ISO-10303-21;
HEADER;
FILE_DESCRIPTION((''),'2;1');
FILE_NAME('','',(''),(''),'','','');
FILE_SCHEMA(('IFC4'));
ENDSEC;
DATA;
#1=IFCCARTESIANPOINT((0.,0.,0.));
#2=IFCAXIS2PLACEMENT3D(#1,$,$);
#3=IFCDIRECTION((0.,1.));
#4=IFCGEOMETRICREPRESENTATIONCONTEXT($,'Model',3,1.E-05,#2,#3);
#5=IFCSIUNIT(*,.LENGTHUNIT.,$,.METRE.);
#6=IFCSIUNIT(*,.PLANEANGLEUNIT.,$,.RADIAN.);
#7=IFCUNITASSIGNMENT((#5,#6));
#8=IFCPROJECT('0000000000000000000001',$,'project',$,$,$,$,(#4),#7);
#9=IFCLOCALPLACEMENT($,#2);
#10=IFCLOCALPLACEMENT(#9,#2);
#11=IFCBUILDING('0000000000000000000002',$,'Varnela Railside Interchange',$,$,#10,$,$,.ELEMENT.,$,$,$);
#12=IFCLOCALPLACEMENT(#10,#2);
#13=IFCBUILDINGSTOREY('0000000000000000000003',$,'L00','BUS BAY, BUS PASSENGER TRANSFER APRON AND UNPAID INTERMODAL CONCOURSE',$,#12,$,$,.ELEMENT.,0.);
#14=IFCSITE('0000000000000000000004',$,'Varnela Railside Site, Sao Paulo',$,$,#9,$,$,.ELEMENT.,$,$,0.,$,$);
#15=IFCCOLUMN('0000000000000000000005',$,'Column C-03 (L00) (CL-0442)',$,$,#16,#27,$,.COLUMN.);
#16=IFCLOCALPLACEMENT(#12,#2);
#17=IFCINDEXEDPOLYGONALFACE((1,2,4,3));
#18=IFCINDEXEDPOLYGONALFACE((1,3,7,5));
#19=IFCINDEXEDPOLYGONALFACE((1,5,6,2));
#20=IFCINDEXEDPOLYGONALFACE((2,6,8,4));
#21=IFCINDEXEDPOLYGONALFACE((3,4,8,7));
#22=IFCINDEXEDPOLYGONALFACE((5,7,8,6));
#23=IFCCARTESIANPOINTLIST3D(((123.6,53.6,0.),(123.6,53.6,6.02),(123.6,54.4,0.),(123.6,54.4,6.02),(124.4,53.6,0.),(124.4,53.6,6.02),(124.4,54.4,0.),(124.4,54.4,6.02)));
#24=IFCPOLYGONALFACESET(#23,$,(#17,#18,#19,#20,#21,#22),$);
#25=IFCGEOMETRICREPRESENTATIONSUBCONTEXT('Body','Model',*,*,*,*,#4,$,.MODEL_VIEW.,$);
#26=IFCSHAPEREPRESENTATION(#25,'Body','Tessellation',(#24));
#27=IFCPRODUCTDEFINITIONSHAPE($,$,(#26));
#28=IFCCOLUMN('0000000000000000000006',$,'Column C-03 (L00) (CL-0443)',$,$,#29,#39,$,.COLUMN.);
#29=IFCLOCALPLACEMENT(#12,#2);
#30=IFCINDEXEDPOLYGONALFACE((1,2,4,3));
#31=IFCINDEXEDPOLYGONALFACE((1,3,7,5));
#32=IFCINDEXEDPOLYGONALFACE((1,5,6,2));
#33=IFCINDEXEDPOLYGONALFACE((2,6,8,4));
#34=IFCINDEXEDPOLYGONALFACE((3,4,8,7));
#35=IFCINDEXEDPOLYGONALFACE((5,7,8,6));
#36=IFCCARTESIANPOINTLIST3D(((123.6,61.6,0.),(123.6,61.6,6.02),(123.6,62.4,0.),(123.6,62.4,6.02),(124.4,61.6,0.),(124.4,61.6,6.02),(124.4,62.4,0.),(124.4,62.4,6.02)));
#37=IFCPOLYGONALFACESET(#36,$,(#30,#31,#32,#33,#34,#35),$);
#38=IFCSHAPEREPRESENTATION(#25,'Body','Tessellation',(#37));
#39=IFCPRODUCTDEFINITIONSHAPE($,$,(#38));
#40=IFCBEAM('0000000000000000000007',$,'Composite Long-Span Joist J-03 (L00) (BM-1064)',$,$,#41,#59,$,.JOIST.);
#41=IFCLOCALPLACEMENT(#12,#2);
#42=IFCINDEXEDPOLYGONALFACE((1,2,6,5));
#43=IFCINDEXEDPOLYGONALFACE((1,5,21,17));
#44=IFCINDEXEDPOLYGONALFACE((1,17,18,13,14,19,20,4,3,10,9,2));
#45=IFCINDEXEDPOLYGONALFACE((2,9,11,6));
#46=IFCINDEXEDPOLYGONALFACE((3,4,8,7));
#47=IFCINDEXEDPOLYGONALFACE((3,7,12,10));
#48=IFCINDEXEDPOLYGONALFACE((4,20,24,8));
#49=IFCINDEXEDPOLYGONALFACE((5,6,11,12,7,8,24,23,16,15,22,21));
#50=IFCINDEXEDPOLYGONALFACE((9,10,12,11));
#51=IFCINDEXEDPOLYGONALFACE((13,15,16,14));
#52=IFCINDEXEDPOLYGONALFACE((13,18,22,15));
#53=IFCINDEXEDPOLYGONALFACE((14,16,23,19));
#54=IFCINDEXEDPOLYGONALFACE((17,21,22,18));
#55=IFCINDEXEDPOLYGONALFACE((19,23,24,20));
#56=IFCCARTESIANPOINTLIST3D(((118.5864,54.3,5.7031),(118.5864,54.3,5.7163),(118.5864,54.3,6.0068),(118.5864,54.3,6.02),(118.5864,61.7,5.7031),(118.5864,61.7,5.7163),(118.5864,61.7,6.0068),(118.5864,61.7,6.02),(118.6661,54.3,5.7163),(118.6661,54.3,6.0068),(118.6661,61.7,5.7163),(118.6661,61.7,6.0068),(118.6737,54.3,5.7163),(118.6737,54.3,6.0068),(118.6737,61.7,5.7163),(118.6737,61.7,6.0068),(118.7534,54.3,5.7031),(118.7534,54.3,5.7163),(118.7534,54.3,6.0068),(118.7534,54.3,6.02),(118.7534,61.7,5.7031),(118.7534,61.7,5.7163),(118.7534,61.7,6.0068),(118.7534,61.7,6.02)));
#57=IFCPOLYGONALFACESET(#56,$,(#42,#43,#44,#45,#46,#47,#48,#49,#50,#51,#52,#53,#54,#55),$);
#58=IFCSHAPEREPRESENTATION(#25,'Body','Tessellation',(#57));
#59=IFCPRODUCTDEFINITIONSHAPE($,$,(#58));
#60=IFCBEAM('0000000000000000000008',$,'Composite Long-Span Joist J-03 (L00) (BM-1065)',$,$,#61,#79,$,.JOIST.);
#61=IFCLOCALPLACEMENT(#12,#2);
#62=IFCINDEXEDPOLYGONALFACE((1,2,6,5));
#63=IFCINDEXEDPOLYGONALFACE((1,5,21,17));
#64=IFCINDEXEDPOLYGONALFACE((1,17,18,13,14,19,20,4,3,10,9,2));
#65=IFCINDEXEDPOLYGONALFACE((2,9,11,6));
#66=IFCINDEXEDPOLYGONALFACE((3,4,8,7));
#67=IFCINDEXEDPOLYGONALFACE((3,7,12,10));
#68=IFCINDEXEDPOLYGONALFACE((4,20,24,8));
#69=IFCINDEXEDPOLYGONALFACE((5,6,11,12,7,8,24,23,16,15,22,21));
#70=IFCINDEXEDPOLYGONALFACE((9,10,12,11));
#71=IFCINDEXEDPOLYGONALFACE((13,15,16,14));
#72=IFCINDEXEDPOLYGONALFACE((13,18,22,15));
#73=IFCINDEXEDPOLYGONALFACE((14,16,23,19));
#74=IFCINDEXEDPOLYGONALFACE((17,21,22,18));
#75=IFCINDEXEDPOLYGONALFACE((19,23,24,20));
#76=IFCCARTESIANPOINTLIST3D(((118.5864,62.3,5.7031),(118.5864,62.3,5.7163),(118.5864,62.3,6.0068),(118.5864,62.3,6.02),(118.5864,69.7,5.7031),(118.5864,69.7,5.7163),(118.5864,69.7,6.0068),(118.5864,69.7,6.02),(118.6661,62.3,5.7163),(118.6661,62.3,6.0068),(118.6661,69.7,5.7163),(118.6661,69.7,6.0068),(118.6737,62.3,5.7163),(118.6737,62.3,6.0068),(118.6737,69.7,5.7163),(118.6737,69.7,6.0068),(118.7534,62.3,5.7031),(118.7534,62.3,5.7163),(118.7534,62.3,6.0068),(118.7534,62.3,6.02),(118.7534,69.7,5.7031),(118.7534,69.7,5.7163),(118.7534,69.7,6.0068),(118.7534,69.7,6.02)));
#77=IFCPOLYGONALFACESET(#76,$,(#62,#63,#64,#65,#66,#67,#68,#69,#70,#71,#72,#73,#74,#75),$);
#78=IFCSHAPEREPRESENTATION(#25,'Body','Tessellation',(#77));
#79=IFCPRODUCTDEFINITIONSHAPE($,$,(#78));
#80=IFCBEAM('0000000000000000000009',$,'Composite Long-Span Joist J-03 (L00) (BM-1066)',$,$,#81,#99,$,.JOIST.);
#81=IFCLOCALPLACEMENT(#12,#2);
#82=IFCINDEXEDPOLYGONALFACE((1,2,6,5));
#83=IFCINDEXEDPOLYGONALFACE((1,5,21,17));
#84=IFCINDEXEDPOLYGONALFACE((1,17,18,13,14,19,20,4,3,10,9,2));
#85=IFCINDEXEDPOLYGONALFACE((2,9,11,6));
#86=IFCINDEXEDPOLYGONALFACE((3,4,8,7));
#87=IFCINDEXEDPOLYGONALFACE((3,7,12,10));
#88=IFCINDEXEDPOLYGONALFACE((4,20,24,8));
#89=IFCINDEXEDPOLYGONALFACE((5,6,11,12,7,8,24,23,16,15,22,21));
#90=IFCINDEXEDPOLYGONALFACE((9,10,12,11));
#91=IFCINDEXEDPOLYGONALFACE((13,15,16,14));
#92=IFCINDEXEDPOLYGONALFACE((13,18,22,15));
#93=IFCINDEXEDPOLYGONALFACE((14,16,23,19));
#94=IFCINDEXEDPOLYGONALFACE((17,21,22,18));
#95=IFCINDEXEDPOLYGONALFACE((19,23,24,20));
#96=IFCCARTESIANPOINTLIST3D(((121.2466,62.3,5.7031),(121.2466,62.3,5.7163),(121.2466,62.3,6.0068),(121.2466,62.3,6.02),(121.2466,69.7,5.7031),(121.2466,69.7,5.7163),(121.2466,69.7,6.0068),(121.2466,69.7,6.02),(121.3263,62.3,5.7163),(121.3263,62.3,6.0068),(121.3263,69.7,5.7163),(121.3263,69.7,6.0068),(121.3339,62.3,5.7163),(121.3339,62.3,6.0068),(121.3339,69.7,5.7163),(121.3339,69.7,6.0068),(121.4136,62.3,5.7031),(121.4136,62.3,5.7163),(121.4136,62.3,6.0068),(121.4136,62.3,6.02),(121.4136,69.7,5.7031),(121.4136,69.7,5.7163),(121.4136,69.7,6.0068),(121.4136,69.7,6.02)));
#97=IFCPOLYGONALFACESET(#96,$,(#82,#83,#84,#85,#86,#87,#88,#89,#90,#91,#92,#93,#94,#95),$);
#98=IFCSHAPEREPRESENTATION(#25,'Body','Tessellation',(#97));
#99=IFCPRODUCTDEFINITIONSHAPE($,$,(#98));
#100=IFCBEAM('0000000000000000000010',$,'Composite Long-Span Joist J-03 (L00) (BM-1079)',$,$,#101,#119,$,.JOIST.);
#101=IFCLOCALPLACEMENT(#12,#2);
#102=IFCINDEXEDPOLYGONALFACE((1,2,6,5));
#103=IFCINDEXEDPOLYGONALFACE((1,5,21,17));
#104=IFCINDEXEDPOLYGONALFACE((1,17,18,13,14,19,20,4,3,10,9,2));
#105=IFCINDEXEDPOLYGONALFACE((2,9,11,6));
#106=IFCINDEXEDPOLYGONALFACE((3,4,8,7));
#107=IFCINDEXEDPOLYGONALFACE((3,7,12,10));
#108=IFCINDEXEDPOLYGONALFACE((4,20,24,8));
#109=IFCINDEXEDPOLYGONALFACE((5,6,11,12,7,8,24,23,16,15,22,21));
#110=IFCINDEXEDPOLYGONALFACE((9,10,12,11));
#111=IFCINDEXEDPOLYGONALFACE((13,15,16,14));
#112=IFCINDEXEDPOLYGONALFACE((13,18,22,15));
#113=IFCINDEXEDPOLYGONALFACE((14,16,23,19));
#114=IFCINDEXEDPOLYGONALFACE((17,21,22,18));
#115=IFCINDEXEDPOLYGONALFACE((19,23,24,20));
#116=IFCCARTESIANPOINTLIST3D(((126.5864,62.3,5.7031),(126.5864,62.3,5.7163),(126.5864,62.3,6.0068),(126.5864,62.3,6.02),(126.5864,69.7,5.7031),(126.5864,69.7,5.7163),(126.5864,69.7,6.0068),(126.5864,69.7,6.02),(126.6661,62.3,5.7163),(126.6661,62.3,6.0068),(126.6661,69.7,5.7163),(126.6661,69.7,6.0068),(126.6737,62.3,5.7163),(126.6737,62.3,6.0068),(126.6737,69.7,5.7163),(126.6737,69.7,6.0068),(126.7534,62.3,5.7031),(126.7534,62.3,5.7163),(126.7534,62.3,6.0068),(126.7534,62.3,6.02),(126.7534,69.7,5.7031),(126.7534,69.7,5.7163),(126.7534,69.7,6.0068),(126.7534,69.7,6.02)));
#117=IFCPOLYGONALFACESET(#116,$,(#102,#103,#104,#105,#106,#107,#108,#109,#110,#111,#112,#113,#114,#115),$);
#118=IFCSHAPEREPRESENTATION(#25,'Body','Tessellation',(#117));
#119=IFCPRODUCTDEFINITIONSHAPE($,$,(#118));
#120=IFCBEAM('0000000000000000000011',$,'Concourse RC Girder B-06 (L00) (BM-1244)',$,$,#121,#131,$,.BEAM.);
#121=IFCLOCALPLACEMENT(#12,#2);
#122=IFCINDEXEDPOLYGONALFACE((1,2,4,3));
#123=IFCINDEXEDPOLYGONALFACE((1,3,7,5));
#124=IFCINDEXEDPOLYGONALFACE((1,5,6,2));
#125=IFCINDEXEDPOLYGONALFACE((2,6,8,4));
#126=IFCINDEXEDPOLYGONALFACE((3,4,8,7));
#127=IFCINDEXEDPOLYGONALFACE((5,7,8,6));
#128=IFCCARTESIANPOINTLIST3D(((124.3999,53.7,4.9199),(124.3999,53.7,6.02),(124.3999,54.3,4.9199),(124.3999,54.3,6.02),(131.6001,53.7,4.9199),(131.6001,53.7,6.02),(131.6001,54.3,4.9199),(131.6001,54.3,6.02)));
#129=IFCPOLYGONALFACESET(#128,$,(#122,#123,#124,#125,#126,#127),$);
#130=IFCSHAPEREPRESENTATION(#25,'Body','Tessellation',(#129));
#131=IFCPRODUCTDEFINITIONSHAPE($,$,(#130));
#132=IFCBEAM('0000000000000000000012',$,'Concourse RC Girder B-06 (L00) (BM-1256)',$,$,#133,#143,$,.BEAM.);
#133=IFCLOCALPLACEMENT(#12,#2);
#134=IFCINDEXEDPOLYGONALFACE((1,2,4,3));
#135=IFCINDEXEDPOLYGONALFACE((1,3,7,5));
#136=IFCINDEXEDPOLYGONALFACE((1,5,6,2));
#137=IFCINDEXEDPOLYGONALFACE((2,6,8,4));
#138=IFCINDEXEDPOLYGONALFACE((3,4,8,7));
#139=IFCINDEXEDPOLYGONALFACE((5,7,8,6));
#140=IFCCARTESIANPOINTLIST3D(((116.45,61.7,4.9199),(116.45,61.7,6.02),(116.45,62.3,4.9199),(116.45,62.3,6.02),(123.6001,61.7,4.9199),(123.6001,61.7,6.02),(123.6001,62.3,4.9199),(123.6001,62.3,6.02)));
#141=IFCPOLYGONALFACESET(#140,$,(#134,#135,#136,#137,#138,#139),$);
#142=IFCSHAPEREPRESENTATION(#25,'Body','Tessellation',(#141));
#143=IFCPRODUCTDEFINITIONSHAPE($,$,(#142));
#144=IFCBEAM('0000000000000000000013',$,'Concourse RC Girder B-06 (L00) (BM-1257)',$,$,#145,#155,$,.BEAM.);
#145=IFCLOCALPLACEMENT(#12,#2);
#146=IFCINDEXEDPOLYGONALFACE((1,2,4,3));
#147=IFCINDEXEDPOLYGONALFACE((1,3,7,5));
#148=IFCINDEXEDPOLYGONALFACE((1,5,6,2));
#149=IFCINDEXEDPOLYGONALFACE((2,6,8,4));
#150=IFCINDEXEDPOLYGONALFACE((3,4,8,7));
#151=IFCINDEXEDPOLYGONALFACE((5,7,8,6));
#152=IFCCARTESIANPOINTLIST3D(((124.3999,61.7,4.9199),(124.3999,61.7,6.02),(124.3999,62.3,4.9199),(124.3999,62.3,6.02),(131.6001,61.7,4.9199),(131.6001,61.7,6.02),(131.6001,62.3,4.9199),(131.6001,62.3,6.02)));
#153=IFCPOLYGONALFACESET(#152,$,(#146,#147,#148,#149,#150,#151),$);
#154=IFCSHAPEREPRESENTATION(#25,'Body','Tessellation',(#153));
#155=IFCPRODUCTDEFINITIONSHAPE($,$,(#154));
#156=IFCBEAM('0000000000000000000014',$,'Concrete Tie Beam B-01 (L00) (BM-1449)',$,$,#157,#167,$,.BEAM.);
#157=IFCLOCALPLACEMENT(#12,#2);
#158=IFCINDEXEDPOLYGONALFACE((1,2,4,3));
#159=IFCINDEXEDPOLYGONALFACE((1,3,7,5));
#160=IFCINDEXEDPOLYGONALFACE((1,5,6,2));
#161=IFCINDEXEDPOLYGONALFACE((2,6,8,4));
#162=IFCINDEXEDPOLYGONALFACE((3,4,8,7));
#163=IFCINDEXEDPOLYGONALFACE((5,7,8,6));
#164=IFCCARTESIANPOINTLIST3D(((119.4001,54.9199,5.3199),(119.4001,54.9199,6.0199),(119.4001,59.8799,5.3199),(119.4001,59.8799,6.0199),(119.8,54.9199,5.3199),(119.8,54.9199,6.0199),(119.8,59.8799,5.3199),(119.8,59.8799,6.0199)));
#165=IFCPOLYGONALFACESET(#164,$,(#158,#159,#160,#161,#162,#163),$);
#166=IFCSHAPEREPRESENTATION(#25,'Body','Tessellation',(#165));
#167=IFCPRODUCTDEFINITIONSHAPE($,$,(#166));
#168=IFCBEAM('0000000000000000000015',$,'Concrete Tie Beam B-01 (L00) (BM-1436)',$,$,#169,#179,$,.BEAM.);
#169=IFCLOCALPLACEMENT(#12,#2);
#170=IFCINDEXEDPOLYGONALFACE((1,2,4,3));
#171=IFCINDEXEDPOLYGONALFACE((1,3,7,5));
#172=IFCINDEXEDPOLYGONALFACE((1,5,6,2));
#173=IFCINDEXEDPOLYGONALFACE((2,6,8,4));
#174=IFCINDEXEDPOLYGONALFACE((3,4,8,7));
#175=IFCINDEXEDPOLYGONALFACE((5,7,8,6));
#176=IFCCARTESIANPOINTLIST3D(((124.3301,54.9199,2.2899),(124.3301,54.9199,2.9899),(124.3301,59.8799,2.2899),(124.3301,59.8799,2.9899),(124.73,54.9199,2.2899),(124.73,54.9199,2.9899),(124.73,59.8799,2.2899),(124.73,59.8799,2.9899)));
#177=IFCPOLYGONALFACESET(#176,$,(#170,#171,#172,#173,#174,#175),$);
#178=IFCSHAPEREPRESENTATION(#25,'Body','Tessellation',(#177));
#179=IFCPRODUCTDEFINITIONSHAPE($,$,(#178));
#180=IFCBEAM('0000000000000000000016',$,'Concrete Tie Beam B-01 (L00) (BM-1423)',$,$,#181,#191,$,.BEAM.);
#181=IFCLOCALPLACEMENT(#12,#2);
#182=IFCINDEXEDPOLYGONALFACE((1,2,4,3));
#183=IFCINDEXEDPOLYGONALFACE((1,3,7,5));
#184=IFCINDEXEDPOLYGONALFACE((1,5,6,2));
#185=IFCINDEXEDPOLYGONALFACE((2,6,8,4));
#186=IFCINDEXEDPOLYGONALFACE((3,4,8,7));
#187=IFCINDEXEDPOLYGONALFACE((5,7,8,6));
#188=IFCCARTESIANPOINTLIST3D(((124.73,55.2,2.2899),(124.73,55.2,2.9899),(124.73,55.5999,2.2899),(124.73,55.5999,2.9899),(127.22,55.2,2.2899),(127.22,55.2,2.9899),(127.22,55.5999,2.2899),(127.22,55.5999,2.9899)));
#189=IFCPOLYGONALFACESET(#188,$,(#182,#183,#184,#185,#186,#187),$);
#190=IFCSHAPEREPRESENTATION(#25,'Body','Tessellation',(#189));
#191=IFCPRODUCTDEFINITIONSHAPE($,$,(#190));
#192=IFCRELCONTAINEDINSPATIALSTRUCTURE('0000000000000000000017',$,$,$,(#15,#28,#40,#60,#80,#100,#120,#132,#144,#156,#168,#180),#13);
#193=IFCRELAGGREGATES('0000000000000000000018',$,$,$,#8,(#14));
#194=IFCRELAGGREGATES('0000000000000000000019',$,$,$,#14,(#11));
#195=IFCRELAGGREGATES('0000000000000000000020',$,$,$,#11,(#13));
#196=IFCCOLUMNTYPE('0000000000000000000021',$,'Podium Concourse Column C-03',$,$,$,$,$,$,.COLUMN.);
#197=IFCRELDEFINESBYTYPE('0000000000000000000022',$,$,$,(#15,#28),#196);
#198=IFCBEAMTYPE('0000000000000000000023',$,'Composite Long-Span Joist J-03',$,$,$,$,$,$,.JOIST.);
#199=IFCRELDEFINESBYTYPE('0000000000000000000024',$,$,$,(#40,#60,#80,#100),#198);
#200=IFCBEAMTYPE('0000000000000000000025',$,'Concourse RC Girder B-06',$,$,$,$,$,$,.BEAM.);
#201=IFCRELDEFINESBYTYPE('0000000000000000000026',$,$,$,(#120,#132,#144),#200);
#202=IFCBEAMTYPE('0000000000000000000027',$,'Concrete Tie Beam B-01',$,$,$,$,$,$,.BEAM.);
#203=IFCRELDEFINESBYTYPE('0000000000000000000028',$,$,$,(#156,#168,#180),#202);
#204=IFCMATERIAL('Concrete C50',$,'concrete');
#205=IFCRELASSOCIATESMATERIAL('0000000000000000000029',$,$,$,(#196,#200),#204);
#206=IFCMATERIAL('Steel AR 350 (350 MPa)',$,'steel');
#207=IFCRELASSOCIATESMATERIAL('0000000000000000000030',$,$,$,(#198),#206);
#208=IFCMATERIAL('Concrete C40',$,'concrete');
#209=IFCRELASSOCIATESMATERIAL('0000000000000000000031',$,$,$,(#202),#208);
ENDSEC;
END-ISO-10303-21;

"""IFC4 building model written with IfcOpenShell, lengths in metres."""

from ifc_helpers import new_model, si_unit, direction, frame, origin, origin_2d, place, context, subcontext, project, spatial, rectangle, i_section, extrude, material, material_profile, profile_set, type_object, element, save


model = new_model("IFC4")

# Units and contexts
model_context = context("Model", 3, precision=1e-05, world=origin(), true_north=direction((0.0, 1.0)))
body_context = subcontext(model_context, "Body", "Model", "MODEL_VIEW")
ifc_project = project(units=[si_unit("LENGTHUNIT", "METRE"), si_unit("PLANEANGLEUNIT", "RADIAN")], contexts=[model_context])

# Site, building, storey
site_placement = place(None, origin())
site = spatial("IfcSite", under=ifc_project, at=site_placement, Name="Varnela Railside Site, Sao Paulo", CompositionType="ELEMENT", RefElevation=0.0)
building_placement = place(site_placement, origin())
building = spatial("IfcBuilding", under=site, at=building_placement, Name="Varnela Railside Interchange", CompositionType="ELEMENT")
storey_placement = place(building_placement, origin())
storey = spatial("IfcBuildingStorey", under=building, at=storey_placement, Name="L00", Description="BUS BAY, BUS PASSENGER TRANSFER APRON AND UNPAID INTERMODAL CONCOURSE", CompositionType="ELEMENT", Elevation=0.0)

# Columns
ifc_material_1 = material(Name="Concrete C50", Category="concrete")
ifc_material_profile_1 = material_profile(ifc_material_1, rectangle(XDim=0.8, YDim=0.8, at=origin_2d()), Name="RC 800x800")
ifc_profile_set_1 = profile_set([ifc_material_profile_1], Name="Concrete C50")
column_type = type_object("IfcColumnType", Name="Podium Concourse Column C-03", PredefinedType="COLUMN", material=ifc_profile_set_1)
for number, where, z_axis, x_axis, name in (
    (1, (124.0, 54.0, 0.0), (0.0, 0.0, 1.0), (1.0, 0.0, 0.0), "Column C-03 (L00) (CL-0442)"),
    (2, (124.0, 62.0, 0.0), (0.0, 0.0, 1.0), (1.0, 0.0, 0.0), "Column C-03 (L00) (CL-0443)"),
):
    element("IfcColumn", number, at=place(storey_placement, frame(where, z_axis=z_axis, x_axis=x_axis)), inside=storey, type_object=column_type, Name=name, PredefinedType="COLUMN", context=body_context, shape_type="SweptSolid", body=[
        extrude(rectangle(XDim=0.8, YDim=0.8, at=origin_2d()), origin(), (0.0, 0.0, 1.0), 6.02),
    ])

# Beams
ifc_material_2 = material(Name="Steel AR 350 (350 MPa)", Category="steel")
ifc_material_profile_2 = material_profile(ifc_material_2, i_section(OverallWidth=0.167, OverallDepth=0.3169, WebThickness=0.0076, FlangeThickness=0.0132, at=origin_2d()), Name="W310x52")
ifc_profile_set_2 = profile_set([ifc_material_profile_2], Name="Steel AR 350 (350 MPa)")
beam_type_1 = type_object("IfcBeamType", Name="Composite Long-Span Joist J-03", PredefinedType="JOIST", material=ifc_profile_set_2)
for number, where, z_axis, x_axis, name in (
    (3, (118.6699, 54.3, 5.8616), (0.0, 1.0, 0.0), (-1.0, 0.0, 0.0), "Composite Long-Span Joist J-03 (L00) (BM-1064)"),
    (4, (118.6699, 62.3, 5.8616), (0.0, 1.0, 0.0), (-1.0, 0.0, 0.0), "Composite Long-Span Joist J-03 (L00) (BM-1065)"),
    (5, (121.3301, 62.3, 5.8616), (0.0, 1.0, 0.0), (-1.0, 0.0, 0.0), "Composite Long-Span Joist J-03 (L00) (BM-1066)"),
    (6, (126.6699, 62.3, 5.8616), (0.0, 1.0, 0.0), (-1.0, 0.0, 0.0), "Composite Long-Span Joist J-03 (L00) (BM-1079)"),
):
    element("IfcBeam", number, at=place(storey_placement, frame(where, z_axis=z_axis, x_axis=x_axis)), inside=storey, type_object=beam_type_1, Name=name, PredefinedType="JOIST", context=body_context, shape_type="SweptSolid", body=[
        extrude(i_section(OverallWidth=0.167, OverallDepth=0.3169, WebThickness=0.0076, FlangeThickness=0.0132, at=origin_2d()), origin(), (0.0, 0.0, 1.0), 7.3999),
    ])
ifc_material_profile_3 = material_profile(ifc_material_1, rectangle(XDim=0.6001, YDim=1.1001, at=origin_2d()), Name="RC 600x1100")
ifc_profile_set_3 = profile_set([ifc_material_profile_3], Name="Concrete C50")
beam_type_2 = type_object("IfcBeamType", Name="Concourse RC Girder B-06", PredefinedType="BEAM", material=ifc_profile_set_3)
beam_1_placement = place(storey_placement, frame((124.3999, 54.0, 5.47), z_axis=(1.0, 0.0, 0.0), x_axis=(0.0, 1.0, 0.0)))
element("IfcBeam", 7, at=beam_1_placement, inside=storey, type_object=beam_type_2, Name="Concourse RC Girder B-06 (L00) (BM-1244)", PredefinedType="BEAM", context=body_context, shape_type="SweptSolid", body=[
    extrude(rectangle(XDim=0.6001, YDim=1.1001, at=origin_2d()), origin(), (0.0, 0.0, 1.0), 7.2002),
])
beam_2_placement = place(storey_placement, frame((116.45, 62.0, 5.47), z_axis=(1.0, 0.0, 0.0), x_axis=(0.0, 1.0, 0.0)))
element("IfcBeam", 8, at=beam_2_placement, inside=storey, type_object=beam_type_2, Name="Concourse RC Girder B-06 (L00) (BM-1256)", PredefinedType="BEAM", context=body_context, shape_type="SweptSolid", body=[
    extrude(rectangle(XDim=0.6001, YDim=1.1001, at=origin_2d()), origin(), (0.0, 0.0, 1.0), 7.1501),
])
beam_3_placement = place(storey_placement, frame((124.3999, 62.0, 5.47), z_axis=(1.0, 0.0, 0.0), x_axis=(0.0, 1.0, 0.0)))
element("IfcBeam", 9, at=beam_3_placement, inside=storey, type_object=beam_type_2, Name="Concourse RC Girder B-06 (L00) (BM-1257)", PredefinedType="BEAM", context=body_context, shape_type="SweptSolid", body=[
    extrude(rectangle(XDim=0.6001, YDim=1.1001, at=origin_2d()), origin(), (0.0, 0.0, 1.0), 7.2002),
])
ifc_material_3 = material(Name="Concrete C40", Category="concrete")
ifc_material_profile_4 = material_profile(ifc_material_3, rectangle(XDim=0.3999, YDim=0.7, at=origin_2d()), Name="RC 400x700")
ifc_profile_set_4 = profile_set([ifc_material_profile_4], Name="Concrete C40")
beam_type_3 = type_object("IfcBeamType", Name="Concrete Tie Beam B-01", PredefinedType="BEAM", material=ifc_profile_set_4)
for number, where, z_axis, x_axis, name in (
    (10, (119.6001, 54.9199, 5.6699), (0.0, 1.0, 0.0), (-1.0, 0.0, 0.0), "Concrete Tie Beam B-01 (L00) (BM-1449)"),
    (11, (124.53, 54.9199, 2.6399), (0.0, 1.0, 0.0), (-1.0, 0.0, 0.0), "Concrete Tie Beam B-01 (L00) (BM-1436)"),
):
    element("IfcBeam", number, at=place(storey_placement, frame(where, z_axis=z_axis, x_axis=x_axis)), inside=storey, type_object=beam_type_3, Name=name, PredefinedType="BEAM", context=body_context, shape_type="SweptSolid", body=[
        extrude(rectangle(XDim=0.3999, YDim=0.7, at=origin_2d()), origin(), (0.0, 0.0, 1.0), 4.96),
    ])
beam_4_placement = place(storey_placement, frame((124.73, 55.3999, 2.6399), z_axis=(1.0, 0.0, 0.0), x_axis=(0.0, 1.0, 0.0)))
element("IfcBeam", 12, at=beam_4_placement, inside=storey, type_object=beam_type_3, Name="Concrete Tie Beam B-01 (L00) (BM-1423)", PredefinedType="BEAM", context=body_context, shape_type="SweptSolid", body=[
    extrude(rectangle(XDim=0.3999, YDim=0.7, at=origin_2d()), origin(), (0.0, 0.0, 1.0), 2.49),
])

save(model, "model.ifc")
